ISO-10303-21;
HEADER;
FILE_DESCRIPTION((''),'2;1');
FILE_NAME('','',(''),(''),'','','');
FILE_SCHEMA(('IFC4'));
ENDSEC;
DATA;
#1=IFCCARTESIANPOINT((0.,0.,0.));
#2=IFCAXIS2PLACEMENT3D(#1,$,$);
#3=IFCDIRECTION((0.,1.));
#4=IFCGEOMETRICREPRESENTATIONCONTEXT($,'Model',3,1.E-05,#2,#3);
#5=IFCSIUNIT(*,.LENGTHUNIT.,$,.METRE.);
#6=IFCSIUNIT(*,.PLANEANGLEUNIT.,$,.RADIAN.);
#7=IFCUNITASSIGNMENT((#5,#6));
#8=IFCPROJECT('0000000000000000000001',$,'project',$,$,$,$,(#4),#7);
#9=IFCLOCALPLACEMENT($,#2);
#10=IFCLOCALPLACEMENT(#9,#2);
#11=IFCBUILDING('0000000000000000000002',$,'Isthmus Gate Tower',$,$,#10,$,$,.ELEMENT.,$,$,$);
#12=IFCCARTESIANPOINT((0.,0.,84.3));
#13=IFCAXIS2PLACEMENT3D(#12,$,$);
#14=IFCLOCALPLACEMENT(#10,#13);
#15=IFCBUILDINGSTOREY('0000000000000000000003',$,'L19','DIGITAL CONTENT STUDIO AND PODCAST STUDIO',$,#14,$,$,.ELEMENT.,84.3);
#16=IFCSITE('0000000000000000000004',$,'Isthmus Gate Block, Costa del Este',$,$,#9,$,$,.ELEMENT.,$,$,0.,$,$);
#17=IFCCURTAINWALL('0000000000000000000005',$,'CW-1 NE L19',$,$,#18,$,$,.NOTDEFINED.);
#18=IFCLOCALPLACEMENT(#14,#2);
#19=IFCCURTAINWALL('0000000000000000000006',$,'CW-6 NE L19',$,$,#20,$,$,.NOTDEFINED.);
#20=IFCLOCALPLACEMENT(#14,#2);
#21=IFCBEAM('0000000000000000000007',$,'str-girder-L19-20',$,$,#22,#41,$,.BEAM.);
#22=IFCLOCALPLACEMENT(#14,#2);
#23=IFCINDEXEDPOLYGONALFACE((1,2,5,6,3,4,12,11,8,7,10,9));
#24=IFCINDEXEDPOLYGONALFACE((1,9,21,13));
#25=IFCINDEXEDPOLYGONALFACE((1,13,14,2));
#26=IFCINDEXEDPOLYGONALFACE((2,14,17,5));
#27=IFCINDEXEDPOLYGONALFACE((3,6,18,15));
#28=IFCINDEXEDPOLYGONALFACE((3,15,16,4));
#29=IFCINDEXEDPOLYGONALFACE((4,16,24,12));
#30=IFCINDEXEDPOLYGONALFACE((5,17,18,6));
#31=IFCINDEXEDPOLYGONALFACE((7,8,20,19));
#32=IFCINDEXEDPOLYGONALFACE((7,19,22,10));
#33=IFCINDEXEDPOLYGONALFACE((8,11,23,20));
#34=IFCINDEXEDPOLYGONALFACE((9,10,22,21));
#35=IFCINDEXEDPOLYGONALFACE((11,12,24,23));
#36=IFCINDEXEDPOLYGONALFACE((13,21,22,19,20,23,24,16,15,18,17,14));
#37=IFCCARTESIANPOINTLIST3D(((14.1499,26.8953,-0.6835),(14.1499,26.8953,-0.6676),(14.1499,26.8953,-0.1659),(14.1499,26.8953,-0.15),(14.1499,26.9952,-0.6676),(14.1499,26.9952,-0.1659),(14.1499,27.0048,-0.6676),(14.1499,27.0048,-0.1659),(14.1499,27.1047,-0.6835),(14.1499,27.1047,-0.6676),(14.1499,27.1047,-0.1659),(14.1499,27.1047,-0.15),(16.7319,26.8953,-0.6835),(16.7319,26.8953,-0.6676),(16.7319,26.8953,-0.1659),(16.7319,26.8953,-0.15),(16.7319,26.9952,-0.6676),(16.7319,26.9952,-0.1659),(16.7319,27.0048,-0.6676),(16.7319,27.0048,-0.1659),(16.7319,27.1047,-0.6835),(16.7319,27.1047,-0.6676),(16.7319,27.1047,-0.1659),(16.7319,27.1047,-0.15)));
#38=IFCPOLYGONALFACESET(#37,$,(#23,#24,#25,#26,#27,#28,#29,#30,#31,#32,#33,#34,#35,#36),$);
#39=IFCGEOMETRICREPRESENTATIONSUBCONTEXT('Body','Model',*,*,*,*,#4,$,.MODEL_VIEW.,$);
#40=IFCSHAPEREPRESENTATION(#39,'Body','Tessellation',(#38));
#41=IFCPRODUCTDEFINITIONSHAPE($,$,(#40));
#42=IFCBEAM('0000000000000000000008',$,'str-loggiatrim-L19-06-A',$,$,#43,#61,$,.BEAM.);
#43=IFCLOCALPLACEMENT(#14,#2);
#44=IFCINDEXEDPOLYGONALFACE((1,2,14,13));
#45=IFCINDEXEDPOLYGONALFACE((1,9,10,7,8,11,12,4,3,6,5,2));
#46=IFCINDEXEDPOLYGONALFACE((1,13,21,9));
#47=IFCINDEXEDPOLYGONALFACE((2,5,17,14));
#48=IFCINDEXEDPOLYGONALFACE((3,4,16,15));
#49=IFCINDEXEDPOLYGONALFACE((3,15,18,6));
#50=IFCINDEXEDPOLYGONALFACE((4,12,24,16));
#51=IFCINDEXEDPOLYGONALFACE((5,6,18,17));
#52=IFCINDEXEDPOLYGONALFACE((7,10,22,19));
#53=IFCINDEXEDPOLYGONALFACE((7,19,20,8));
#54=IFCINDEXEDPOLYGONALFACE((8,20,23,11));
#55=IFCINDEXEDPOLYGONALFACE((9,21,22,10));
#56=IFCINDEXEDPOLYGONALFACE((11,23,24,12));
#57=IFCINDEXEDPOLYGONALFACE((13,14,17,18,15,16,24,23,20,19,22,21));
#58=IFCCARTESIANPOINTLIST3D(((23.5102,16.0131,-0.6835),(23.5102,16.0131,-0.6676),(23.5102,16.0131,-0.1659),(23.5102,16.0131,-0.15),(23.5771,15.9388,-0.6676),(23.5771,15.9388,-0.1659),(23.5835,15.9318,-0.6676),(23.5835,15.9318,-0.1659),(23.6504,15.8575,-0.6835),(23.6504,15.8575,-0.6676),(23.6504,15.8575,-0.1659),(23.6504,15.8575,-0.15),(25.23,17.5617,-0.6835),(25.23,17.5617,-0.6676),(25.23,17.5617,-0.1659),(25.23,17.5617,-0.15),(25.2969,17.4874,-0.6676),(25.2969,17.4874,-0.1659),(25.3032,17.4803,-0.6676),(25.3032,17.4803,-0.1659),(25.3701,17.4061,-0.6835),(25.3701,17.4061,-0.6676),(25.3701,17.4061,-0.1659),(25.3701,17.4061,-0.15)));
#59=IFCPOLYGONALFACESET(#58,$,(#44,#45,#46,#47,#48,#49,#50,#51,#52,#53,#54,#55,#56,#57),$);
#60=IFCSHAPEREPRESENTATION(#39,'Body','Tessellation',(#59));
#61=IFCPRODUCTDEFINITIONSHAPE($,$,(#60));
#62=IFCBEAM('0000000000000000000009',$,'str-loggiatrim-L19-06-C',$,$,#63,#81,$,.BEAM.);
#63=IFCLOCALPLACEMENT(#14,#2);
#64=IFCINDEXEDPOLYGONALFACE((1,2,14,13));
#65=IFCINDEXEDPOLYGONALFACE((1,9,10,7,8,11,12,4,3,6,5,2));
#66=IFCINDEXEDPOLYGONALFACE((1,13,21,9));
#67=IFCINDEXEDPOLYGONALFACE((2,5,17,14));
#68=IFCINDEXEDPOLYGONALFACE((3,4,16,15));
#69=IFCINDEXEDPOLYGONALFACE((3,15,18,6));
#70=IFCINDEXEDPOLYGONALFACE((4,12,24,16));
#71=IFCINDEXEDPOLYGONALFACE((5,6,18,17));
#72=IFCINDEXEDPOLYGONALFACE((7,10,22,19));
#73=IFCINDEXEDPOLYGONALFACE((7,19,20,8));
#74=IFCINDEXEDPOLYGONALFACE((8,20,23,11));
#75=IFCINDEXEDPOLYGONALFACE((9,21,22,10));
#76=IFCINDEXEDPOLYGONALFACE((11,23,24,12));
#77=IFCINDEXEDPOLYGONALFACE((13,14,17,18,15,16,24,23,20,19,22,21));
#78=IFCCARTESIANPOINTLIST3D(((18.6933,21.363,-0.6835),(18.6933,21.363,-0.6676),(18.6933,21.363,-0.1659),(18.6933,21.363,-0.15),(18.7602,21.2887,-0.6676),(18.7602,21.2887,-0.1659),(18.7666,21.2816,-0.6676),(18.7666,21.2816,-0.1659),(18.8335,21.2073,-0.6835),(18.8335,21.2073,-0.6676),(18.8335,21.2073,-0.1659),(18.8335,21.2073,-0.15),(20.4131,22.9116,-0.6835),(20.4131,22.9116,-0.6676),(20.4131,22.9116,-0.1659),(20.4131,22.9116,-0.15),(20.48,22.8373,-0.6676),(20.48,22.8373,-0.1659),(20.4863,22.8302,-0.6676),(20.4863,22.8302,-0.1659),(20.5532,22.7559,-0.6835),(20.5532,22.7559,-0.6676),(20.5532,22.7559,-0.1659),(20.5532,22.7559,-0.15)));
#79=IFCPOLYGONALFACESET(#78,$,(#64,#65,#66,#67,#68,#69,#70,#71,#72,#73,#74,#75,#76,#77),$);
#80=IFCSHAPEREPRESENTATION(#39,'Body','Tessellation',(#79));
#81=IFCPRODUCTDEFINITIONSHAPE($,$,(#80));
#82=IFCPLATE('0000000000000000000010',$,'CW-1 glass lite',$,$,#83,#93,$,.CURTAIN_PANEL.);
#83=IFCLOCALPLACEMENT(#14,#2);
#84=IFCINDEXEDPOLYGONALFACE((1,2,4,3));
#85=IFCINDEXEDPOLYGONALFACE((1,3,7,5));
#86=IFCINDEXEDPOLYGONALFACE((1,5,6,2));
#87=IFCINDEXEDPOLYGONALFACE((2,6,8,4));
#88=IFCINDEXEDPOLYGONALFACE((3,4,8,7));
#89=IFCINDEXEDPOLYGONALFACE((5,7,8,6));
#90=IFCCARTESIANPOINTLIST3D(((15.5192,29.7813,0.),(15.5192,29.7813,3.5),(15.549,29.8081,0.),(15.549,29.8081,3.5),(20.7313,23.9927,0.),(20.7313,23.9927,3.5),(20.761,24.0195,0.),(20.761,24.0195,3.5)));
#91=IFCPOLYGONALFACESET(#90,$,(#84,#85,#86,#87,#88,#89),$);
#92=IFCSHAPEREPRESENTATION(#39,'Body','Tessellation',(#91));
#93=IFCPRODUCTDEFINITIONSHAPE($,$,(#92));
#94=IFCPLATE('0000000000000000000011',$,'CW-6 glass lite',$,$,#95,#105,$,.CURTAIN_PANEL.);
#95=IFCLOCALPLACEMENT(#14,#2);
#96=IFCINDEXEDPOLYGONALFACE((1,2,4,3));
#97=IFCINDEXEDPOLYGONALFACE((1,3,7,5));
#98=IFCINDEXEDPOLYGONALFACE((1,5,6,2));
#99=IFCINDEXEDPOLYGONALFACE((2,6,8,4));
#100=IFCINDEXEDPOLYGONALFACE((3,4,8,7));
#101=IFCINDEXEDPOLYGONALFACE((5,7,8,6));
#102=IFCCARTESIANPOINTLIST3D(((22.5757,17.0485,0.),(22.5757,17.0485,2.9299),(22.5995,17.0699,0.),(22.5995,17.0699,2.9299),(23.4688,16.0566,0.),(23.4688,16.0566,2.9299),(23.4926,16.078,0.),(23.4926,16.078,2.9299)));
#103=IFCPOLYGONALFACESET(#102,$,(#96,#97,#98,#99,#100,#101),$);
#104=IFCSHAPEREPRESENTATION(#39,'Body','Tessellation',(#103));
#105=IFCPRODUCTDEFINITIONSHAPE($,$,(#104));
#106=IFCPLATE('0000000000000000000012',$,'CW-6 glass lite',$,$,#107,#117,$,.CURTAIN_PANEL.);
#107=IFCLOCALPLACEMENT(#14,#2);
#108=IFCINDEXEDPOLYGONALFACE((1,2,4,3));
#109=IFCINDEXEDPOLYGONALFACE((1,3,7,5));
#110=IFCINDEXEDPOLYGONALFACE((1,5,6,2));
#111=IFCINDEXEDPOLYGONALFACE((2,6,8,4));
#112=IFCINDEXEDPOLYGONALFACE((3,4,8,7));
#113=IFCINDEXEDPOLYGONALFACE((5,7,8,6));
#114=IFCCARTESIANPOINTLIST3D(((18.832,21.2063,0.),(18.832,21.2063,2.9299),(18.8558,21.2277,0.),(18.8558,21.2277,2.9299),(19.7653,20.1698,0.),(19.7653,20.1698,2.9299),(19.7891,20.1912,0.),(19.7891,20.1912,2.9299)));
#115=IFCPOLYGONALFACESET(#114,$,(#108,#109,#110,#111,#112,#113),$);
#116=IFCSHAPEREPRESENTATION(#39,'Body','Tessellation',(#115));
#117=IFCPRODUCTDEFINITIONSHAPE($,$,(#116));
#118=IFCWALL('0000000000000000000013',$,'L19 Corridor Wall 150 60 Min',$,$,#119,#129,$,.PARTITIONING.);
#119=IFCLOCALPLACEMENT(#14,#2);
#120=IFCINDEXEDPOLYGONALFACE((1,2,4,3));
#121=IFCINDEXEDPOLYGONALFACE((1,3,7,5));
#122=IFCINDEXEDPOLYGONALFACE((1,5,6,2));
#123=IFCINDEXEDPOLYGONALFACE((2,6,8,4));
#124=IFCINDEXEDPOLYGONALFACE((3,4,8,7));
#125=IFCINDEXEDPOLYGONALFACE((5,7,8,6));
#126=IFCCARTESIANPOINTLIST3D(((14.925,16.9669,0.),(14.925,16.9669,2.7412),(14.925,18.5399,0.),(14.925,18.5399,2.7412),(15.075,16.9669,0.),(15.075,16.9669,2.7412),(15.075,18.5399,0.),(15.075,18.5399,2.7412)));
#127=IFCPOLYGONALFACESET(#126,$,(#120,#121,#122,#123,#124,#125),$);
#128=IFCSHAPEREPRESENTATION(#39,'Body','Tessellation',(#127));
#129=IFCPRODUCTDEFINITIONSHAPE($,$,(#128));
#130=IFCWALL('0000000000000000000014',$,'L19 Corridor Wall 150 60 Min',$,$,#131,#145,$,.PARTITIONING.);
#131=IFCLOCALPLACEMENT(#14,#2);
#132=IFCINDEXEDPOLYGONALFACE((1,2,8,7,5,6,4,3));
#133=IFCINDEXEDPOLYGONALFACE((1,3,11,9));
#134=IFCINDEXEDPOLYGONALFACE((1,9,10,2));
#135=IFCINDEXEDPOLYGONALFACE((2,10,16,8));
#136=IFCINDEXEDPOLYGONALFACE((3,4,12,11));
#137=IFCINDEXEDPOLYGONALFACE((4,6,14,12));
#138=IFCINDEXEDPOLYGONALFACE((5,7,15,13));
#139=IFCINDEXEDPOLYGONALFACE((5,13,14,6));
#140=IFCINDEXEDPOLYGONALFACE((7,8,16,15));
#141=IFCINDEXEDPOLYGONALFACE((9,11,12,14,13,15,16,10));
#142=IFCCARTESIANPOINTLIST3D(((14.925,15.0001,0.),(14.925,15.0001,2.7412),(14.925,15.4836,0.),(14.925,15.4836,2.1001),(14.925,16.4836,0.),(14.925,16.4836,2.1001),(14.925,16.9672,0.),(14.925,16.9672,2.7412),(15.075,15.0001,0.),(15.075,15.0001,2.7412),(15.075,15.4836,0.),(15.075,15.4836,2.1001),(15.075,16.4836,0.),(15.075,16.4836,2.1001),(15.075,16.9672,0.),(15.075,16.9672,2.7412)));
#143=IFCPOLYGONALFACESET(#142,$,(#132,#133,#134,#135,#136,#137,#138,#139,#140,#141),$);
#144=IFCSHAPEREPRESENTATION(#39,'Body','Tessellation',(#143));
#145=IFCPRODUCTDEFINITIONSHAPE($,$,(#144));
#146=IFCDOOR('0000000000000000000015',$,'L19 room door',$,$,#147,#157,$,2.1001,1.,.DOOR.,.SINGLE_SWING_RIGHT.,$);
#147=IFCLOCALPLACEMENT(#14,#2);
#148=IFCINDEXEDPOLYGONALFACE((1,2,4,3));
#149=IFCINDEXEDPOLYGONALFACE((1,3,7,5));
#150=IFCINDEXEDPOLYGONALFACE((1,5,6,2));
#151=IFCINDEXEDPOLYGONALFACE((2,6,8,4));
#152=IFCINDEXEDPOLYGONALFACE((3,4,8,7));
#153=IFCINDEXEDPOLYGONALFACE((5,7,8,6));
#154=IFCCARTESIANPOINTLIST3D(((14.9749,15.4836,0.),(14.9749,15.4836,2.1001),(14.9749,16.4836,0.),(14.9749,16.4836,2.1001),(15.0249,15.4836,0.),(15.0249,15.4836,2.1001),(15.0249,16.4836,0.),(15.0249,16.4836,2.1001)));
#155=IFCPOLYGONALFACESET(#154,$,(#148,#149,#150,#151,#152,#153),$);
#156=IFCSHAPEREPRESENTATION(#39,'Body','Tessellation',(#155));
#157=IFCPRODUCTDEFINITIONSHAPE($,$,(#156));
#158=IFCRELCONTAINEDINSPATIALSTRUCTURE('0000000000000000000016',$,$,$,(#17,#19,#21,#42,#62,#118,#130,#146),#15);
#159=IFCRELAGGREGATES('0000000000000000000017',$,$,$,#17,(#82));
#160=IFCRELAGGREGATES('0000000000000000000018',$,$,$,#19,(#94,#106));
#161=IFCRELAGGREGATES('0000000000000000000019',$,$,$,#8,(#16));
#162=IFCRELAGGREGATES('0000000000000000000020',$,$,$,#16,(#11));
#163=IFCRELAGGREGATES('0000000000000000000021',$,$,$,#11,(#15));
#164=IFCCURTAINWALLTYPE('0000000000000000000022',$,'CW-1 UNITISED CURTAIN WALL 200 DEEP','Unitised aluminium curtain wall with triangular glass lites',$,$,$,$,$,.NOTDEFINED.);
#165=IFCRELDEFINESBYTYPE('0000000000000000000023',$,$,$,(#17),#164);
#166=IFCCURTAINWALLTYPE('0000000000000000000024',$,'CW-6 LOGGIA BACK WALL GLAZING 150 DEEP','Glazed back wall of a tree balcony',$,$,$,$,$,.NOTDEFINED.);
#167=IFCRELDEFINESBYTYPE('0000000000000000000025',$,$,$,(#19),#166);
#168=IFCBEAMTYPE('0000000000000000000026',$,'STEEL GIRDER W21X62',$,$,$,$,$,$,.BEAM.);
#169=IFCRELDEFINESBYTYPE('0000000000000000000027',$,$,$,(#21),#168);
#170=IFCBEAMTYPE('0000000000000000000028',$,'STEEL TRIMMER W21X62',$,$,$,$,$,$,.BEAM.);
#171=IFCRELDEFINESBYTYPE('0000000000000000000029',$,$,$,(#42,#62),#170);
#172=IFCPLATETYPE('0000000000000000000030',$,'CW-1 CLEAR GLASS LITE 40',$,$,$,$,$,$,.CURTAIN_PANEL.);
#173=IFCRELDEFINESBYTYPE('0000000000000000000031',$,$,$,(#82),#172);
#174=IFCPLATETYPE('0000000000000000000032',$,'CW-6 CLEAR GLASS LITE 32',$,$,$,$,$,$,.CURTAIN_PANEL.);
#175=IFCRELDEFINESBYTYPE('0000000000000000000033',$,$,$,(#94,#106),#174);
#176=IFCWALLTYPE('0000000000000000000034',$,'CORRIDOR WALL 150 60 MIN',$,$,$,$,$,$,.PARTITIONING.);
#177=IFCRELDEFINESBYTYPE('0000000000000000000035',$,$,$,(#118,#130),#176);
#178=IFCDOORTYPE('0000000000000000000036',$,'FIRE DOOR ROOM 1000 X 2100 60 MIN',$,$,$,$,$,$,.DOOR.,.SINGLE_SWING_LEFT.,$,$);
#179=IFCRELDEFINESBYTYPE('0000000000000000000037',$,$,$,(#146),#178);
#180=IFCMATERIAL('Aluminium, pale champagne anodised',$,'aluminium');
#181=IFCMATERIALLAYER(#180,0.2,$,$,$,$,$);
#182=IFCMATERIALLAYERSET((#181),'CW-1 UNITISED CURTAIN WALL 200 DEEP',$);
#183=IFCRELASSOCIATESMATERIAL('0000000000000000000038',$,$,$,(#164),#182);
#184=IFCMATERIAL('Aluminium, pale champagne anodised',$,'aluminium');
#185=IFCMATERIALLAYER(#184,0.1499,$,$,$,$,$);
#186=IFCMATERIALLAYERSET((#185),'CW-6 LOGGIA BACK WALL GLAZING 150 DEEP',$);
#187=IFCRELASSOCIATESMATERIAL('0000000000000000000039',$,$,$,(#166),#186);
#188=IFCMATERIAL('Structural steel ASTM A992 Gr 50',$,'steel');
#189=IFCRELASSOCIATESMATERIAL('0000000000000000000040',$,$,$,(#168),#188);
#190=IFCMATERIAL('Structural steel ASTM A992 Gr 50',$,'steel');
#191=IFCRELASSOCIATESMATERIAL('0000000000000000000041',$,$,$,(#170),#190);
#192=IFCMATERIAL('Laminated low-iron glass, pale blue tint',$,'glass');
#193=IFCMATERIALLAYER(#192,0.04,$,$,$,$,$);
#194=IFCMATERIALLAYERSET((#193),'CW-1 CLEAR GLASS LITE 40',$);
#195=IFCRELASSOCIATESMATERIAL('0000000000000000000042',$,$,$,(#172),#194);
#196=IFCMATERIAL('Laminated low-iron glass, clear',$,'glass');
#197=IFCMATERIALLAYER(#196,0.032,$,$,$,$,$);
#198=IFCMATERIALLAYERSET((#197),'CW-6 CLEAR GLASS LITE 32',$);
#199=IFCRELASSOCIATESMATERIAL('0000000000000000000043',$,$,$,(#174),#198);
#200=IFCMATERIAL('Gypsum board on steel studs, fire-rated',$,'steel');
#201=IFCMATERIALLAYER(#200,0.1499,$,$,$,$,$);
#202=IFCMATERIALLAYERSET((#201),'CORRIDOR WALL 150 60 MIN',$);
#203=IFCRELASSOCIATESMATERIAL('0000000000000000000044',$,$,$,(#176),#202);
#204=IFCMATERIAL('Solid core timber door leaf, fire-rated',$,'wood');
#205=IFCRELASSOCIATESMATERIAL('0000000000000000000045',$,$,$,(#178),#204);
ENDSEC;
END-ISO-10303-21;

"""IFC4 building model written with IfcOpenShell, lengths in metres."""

from ifc_helpers import new_model, si_unit, direction, frame, frame_2d, origin, origin_2d, place, context, subcontext, project, spatial, rectangle, i_section, extrude, material, layer, layer_set, material_profile, profile_set, type_object, element, fill, aggregate, save


model = new_model("IFC4")

# Units and contexts
model_context = context("Model", 3, precision=1e-05, world=origin(), true_north=direction((0.0, 1.0)))
body_context = subcontext(model_context, "Body", "Model", "MODEL_VIEW")
ifc_project = project(units=[si_unit("LENGTHUNIT", "METRE"), si_unit("PLANEANGLEUNIT", "RADIAN")], contexts=[model_context])

# Site, building, storey
site_placement = place(None, origin())
site = spatial("IfcSite", under=ifc_project, at=site_placement, Name="Isthmus Gate Block, Costa del Este", CompositionType="ELEMENT", RefElevation=0.0)
building_placement = place(site_placement, origin())
building = spatial("IfcBuilding", under=site, at=building_placement, Name="Isthmus Gate Tower", CompositionType="ELEMENT")
storey_placement = place(building_placement, frame((0.0, 0.0, 84.3)))
storey = spatial("IfcBuildingStorey", under=building, at=storey_placement, Name="L19", Description="DIGITAL CONTENT STUDIO AND PODCAST STUDIO", CompositionType="ELEMENT", Elevation=84.3)

# Curtain wall
ifc_material_1 = material(Name="Aluminium, pale champagne anodised", Category="aluminium")
ifc_layer_1 = layer(ifc_material_1, 0.2)
ifc_layer_set_1 = layer_set([ifc_layer_1], Name="CW-1 UNITISED CURTAIN WALL 200 DEEP")
curtain_wall_type_1 = type_object("IfcCurtainWallType", Name="CW-1 UNITISED CURTAIN WALL 200 DEEP", Description="Unitised aluminium curtain wall with triangular glass lites", PredefinedType="NOTDEFINED", material=ifc_layer_set_1)
curtain_wall_1_placement = place(storey_placement, origin())
curtain_wall_1 = element("IfcCurtainWall", 1, at=curtain_wall_1_placement, inside=storey, type_object=curtain_wall_type_1, Name="CW-1 NE L19", PredefinedType="NOTDEFINED")

# Curtain wall
ifc_material_2 = material(Name="Aluminium, pale champagne anodised", Category="aluminium")
ifc_layer_2 = layer(ifc_material_2, 0.1499)
ifc_layer_set_2 = layer_set([ifc_layer_2], Name="CW-6 LOGGIA BACK WALL GLAZING 150 DEEP")
curtain_wall_type_2 = type_object("IfcCurtainWallType", Name="CW-6 LOGGIA BACK WALL GLAZING 150 DEEP", Description="Glazed back wall of a tree balcony", PredefinedType="NOTDEFINED", material=ifc_layer_set_2)
curtain_wall_2_placement = place(storey_placement, origin())
curtain_wall_2 = element("IfcCurtainWall", 2, at=curtain_wall_2_placement, inside=storey, type_object=curtain_wall_type_2, Name="CW-6 NE L19", PredefinedType="NOTDEFINED")

# Beams
ifc_material_3 = material(Name="Structural steel ASTM A992 Gr 50", Category="steel")
ifc_material_profile_1 = material_profile(ifc_material_3, i_section(OverallWidth=0.2095, OverallDepth=0.5334, WebThickness=0.0095, FlangeThickness=0.0159, at=origin_2d()), Name="W21X62")
ifc_profile_set_1 = profile_set([ifc_material_profile_1], Name="Structural steel ASTM A992 Gr 50")
beam_type_1 = type_object("IfcBeamType", Name="STEEL GIRDER W21X62", PredefinedType="BEAM", material=ifc_profile_set_1)
beam_1_placement = place(storey_placement, frame((14.1499, 27.0, -0.4167), z_axis=(1.0, 0.0, 0.0), x_axis=(0.0, 1.0, 0.0)))
element("IfcBeam", 3, at=beam_1_placement, inside=storey, type_object=beam_type_1, Name="str-girder-L19-20", PredefinedType="BEAM", context=body_context, shape_type="SweptSolid", body=[
    extrude(i_section(OverallWidth=0.2095, OverallDepth=0.5334, WebThickness=0.0095, FlangeThickness=0.0159, at=origin_2d()), origin(), (0.0, 0.0, 1.0), 2.582),
])
ifc_material_4 = material(Name="Structural steel ASTM A992 Gr 50", Category="steel")
ifc_material_profile_2 = material_profile(ifc_material_4, i_section(OverallWidth=0.2095, OverallDepth=0.5334, WebThickness=0.0095, FlangeThickness=0.0159, at=origin_2d()), Name="W21X62")
ifc_profile_set_2 = profile_set([ifc_material_profile_2], Name="Structural steel ASTM A992 Gr 50")
beam_type_2 = type_object("IfcBeamType", Name="STEEL TRIMMER W21X62", PredefinedType="BEAM", material=ifc_profile_set_2)
for number, where, z_axis, x_axis, name in (
    (4, (25.3, 17.4839, -0.4167), (-0.743116, -0.669163, 0.0), (0.669163, -0.743116, 0.0), "str-loggiatrim-L19-06-A"),
    (5, (20.4832, 22.8337, -0.4167), (-0.743116, -0.669163, 0.0), (0.669163, -0.743116, 0.0), "str-loggiatrim-L19-06-C"),
):
    element("IfcBeam", number, at=place(storey_placement, frame(where, z_axis=z_axis, x_axis=x_axis)), inside=storey, type_object=beam_type_2, Name=name, PredefinedType="BEAM", context=body_context, shape_type="SweptSolid", body=[
        extrude(i_section(OverallWidth=0.2095, OverallDepth=0.5334, WebThickness=0.0095, FlangeThickness=0.0159, at=origin_2d()), origin(), (0.0, 0.0, 1.0), 2.3142),
    ])

# Plates
ifc_material_5 = material(Name="Laminated low-iron glass, pale blue tint", Category="glass")
ifc_layer_3 = layer(ifc_material_5, 0.04)
ifc_layer_set_3 = layer_set([ifc_layer_3], Name="CW-1 CLEAR GLASS LITE 40")
plate_type_1 = type_object("IfcPlateType", Name="CW-1 CLEAR GLASS LITE 40", PredefinedType="CURTAIN_PANEL", material=ifc_layer_set_3)
plate_1_placement = place(storey_placement, frame((18.1401, 26.9004, 0.0), z_axis=(0.0, 0.0, 1.0), x_axis=(-0.669131, 0.743145, 0.0)))
plate_1 = element("IfcPlate", 6, at=plate_1_placement, type_object=plate_type_1, Name="CW-1 glass lite", PredefinedType="CURTAIN_PANEL", context=body_context, shape_type="SweptSolid", body=[
    extrude(rectangle(XDim=7.7893, YDim=0.04, at=origin_2d()), origin(), (0.0, 0.0, 1.0), 3.5),
])
aggregate(curtain_wall_1, [plate_1])
ifc_material_6 = material(Name="Laminated low-iron glass, clear", Category="glass")
ifc_layer_4 = layer(ifc_material_6, 0.032)
ifc_layer_set_4 = layer_set([ifc_layer_4], Name="CW-6 CLEAR GLASS LITE 32")
plate_type_2 = type_object("IfcPlateType", Name="CW-6 CLEAR GLASS LITE 32", PredefinedType="CURTAIN_PANEL", material=ifc_layer_set_4)
plate_2_placement = place(storey_placement, frame((23.0342, 16.5632, 0.0), z_axis=(0.0, 0.0, 1.0), x_axis=(-0.669131, 0.743145, 0.0)))
plate_2 = element("IfcPlate", 7, at=plate_2_placement, type_object=plate_type_2, Name="CW-6 glass lite", PredefinedType="CURTAIN_PANEL", context=body_context, shape_type="SweptSolid", body=[
    extrude(rectangle(XDim=1.3347, YDim=0.032, at=origin_2d()), origin(), (0.0, 0.0, 1.0), 2.9299),
])
plate_3_placement = place(storey_placement, frame((19.3105, 20.6987, 0.0), z_axis=(0.0, 0.0, 1.0), x_axis=(-0.669131, 0.743145, 0.0)))
plate_3 = element("IfcPlate", 8, at=plate_3_placement, type_object=plate_type_2, Name="CW-6 glass lite", PredefinedType="CURTAIN_PANEL", context=body_context, shape_type="SweptSolid", body=[
    extrude(rectangle(XDim=1.3948, YDim=0.032, at=origin_2d()), origin(), (0.0, 0.0, 1.0), 2.9299),
])
aggregate(curtain_wall_2, [plate_2, plate_3])

# Wall
ifc_material_7 = material(Name="Gypsum board on steel studs, fire-rated", Category="steel")
ifc_layer_5 = layer(ifc_material_7, 0.1499)
ifc_layer_set_5 = layer_set([ifc_layer_5], Name="CORRIDOR WALL 150 60 MIN")
wall_type_1 = type_object("IfcWallType", Name="CORRIDOR WALL 150 60 MIN", PredefinedType="PARTITIONING", material=ifc_layer_set_5)
wall_1_placement = place(storey_placement, frame((15.0, 18.54, 0.0), z_axis=(0.0, 0.0, 1.0), x_axis=(0.0, -1.0, 0.0)))
element("IfcWall", 9, at=wall_1_placement, inside=storey, type_object=wall_type_1, Name="L19 Corridor Wall 150 60 Min", PredefinedType="PARTITIONING", context=body_context, shape_type="SweptSolid", body=[
    extrude(rectangle(XDim=1.573, YDim=0.1499, at=frame_2d((0.7866, 0.0))), origin(), (0.0, 0.0, 1.0), 2.7412),
])

# Wall, opening, door
wall_2_placement = place(storey_placement, frame((15.0, 16.967, 0.0), z_axis=(0.0, 0.0, 1.0), x_axis=(0.0, -1.0, 0.0)))
wall_2 = element("IfcWall", 10, at=wall_2_placement, inside=storey, type_object=wall_type_1, Name="L19 Corridor Wall 150 60 Min", PredefinedType="PARTITIONING", context=body_context, shape_type="SweptSolid", body=[
    extrude(rectangle(XDim=1.967, YDim=0.1499, at=frame_2d((0.9834, 0.0))), origin(), (0.0, 0.0, 1.0), 2.7412),
])
opening_1_placement = place(wall_2_placement, frame((0.4834, 0.0, 0.0)))
opening_1 = element("IfcOpeningElement", 11, at=opening_1_placement, cuts=wall_2, PredefinedType="OPENING", context=body_context, shape_type="SweptSolid", body=[
    extrude(rectangle(XDim=1.0, YDim=2.1001, at=frame_2d((0.5, 1.05))), frame((0.0, 0.085, 0.0), z_axis=(0.0, -1.0, 0.0), x_axis=(1.0, 0.0, 0.0)), (0.0, 0.0, 1.0), 0.1699),
])
ifc_material_8 = material(Name="Solid core timber door leaf, fire-rated", Category="wood")
door_type_1 = type_object("IfcDoorType", Name="FIRE DOOR ROOM 1000 X 2100 60 MIN", OperationType="SINGLE_SWING_LEFT", PredefinedType="DOOR", material=ifc_material_8)
door_1_placement = place(opening_1_placement, origin())
door_1 = element("IfcDoor", 12, at=door_1_placement, inside=storey, type_object=door_type_1, Name="L19 room door", OperationType="SINGLE_SWING_RIGHT", OverallHeight=2.1001, OverallWidth=1.0, PredefinedType="DOOR", context=body_context, shape_type="SweptSolid", body=[
    extrude(rectangle(XDim=1.0, YDim=2.1001, at=frame_2d((0.5, 1.05))), frame((0.0, 0.0249, 0.0), z_axis=(0.0, -1.0, 0.0), x_axis=(1.0, 0.0, 0.0)), (0.0, 0.0, 1.0), 0.05),
])
fill(opening_1, door_1)

save(model, "model.ifc")
